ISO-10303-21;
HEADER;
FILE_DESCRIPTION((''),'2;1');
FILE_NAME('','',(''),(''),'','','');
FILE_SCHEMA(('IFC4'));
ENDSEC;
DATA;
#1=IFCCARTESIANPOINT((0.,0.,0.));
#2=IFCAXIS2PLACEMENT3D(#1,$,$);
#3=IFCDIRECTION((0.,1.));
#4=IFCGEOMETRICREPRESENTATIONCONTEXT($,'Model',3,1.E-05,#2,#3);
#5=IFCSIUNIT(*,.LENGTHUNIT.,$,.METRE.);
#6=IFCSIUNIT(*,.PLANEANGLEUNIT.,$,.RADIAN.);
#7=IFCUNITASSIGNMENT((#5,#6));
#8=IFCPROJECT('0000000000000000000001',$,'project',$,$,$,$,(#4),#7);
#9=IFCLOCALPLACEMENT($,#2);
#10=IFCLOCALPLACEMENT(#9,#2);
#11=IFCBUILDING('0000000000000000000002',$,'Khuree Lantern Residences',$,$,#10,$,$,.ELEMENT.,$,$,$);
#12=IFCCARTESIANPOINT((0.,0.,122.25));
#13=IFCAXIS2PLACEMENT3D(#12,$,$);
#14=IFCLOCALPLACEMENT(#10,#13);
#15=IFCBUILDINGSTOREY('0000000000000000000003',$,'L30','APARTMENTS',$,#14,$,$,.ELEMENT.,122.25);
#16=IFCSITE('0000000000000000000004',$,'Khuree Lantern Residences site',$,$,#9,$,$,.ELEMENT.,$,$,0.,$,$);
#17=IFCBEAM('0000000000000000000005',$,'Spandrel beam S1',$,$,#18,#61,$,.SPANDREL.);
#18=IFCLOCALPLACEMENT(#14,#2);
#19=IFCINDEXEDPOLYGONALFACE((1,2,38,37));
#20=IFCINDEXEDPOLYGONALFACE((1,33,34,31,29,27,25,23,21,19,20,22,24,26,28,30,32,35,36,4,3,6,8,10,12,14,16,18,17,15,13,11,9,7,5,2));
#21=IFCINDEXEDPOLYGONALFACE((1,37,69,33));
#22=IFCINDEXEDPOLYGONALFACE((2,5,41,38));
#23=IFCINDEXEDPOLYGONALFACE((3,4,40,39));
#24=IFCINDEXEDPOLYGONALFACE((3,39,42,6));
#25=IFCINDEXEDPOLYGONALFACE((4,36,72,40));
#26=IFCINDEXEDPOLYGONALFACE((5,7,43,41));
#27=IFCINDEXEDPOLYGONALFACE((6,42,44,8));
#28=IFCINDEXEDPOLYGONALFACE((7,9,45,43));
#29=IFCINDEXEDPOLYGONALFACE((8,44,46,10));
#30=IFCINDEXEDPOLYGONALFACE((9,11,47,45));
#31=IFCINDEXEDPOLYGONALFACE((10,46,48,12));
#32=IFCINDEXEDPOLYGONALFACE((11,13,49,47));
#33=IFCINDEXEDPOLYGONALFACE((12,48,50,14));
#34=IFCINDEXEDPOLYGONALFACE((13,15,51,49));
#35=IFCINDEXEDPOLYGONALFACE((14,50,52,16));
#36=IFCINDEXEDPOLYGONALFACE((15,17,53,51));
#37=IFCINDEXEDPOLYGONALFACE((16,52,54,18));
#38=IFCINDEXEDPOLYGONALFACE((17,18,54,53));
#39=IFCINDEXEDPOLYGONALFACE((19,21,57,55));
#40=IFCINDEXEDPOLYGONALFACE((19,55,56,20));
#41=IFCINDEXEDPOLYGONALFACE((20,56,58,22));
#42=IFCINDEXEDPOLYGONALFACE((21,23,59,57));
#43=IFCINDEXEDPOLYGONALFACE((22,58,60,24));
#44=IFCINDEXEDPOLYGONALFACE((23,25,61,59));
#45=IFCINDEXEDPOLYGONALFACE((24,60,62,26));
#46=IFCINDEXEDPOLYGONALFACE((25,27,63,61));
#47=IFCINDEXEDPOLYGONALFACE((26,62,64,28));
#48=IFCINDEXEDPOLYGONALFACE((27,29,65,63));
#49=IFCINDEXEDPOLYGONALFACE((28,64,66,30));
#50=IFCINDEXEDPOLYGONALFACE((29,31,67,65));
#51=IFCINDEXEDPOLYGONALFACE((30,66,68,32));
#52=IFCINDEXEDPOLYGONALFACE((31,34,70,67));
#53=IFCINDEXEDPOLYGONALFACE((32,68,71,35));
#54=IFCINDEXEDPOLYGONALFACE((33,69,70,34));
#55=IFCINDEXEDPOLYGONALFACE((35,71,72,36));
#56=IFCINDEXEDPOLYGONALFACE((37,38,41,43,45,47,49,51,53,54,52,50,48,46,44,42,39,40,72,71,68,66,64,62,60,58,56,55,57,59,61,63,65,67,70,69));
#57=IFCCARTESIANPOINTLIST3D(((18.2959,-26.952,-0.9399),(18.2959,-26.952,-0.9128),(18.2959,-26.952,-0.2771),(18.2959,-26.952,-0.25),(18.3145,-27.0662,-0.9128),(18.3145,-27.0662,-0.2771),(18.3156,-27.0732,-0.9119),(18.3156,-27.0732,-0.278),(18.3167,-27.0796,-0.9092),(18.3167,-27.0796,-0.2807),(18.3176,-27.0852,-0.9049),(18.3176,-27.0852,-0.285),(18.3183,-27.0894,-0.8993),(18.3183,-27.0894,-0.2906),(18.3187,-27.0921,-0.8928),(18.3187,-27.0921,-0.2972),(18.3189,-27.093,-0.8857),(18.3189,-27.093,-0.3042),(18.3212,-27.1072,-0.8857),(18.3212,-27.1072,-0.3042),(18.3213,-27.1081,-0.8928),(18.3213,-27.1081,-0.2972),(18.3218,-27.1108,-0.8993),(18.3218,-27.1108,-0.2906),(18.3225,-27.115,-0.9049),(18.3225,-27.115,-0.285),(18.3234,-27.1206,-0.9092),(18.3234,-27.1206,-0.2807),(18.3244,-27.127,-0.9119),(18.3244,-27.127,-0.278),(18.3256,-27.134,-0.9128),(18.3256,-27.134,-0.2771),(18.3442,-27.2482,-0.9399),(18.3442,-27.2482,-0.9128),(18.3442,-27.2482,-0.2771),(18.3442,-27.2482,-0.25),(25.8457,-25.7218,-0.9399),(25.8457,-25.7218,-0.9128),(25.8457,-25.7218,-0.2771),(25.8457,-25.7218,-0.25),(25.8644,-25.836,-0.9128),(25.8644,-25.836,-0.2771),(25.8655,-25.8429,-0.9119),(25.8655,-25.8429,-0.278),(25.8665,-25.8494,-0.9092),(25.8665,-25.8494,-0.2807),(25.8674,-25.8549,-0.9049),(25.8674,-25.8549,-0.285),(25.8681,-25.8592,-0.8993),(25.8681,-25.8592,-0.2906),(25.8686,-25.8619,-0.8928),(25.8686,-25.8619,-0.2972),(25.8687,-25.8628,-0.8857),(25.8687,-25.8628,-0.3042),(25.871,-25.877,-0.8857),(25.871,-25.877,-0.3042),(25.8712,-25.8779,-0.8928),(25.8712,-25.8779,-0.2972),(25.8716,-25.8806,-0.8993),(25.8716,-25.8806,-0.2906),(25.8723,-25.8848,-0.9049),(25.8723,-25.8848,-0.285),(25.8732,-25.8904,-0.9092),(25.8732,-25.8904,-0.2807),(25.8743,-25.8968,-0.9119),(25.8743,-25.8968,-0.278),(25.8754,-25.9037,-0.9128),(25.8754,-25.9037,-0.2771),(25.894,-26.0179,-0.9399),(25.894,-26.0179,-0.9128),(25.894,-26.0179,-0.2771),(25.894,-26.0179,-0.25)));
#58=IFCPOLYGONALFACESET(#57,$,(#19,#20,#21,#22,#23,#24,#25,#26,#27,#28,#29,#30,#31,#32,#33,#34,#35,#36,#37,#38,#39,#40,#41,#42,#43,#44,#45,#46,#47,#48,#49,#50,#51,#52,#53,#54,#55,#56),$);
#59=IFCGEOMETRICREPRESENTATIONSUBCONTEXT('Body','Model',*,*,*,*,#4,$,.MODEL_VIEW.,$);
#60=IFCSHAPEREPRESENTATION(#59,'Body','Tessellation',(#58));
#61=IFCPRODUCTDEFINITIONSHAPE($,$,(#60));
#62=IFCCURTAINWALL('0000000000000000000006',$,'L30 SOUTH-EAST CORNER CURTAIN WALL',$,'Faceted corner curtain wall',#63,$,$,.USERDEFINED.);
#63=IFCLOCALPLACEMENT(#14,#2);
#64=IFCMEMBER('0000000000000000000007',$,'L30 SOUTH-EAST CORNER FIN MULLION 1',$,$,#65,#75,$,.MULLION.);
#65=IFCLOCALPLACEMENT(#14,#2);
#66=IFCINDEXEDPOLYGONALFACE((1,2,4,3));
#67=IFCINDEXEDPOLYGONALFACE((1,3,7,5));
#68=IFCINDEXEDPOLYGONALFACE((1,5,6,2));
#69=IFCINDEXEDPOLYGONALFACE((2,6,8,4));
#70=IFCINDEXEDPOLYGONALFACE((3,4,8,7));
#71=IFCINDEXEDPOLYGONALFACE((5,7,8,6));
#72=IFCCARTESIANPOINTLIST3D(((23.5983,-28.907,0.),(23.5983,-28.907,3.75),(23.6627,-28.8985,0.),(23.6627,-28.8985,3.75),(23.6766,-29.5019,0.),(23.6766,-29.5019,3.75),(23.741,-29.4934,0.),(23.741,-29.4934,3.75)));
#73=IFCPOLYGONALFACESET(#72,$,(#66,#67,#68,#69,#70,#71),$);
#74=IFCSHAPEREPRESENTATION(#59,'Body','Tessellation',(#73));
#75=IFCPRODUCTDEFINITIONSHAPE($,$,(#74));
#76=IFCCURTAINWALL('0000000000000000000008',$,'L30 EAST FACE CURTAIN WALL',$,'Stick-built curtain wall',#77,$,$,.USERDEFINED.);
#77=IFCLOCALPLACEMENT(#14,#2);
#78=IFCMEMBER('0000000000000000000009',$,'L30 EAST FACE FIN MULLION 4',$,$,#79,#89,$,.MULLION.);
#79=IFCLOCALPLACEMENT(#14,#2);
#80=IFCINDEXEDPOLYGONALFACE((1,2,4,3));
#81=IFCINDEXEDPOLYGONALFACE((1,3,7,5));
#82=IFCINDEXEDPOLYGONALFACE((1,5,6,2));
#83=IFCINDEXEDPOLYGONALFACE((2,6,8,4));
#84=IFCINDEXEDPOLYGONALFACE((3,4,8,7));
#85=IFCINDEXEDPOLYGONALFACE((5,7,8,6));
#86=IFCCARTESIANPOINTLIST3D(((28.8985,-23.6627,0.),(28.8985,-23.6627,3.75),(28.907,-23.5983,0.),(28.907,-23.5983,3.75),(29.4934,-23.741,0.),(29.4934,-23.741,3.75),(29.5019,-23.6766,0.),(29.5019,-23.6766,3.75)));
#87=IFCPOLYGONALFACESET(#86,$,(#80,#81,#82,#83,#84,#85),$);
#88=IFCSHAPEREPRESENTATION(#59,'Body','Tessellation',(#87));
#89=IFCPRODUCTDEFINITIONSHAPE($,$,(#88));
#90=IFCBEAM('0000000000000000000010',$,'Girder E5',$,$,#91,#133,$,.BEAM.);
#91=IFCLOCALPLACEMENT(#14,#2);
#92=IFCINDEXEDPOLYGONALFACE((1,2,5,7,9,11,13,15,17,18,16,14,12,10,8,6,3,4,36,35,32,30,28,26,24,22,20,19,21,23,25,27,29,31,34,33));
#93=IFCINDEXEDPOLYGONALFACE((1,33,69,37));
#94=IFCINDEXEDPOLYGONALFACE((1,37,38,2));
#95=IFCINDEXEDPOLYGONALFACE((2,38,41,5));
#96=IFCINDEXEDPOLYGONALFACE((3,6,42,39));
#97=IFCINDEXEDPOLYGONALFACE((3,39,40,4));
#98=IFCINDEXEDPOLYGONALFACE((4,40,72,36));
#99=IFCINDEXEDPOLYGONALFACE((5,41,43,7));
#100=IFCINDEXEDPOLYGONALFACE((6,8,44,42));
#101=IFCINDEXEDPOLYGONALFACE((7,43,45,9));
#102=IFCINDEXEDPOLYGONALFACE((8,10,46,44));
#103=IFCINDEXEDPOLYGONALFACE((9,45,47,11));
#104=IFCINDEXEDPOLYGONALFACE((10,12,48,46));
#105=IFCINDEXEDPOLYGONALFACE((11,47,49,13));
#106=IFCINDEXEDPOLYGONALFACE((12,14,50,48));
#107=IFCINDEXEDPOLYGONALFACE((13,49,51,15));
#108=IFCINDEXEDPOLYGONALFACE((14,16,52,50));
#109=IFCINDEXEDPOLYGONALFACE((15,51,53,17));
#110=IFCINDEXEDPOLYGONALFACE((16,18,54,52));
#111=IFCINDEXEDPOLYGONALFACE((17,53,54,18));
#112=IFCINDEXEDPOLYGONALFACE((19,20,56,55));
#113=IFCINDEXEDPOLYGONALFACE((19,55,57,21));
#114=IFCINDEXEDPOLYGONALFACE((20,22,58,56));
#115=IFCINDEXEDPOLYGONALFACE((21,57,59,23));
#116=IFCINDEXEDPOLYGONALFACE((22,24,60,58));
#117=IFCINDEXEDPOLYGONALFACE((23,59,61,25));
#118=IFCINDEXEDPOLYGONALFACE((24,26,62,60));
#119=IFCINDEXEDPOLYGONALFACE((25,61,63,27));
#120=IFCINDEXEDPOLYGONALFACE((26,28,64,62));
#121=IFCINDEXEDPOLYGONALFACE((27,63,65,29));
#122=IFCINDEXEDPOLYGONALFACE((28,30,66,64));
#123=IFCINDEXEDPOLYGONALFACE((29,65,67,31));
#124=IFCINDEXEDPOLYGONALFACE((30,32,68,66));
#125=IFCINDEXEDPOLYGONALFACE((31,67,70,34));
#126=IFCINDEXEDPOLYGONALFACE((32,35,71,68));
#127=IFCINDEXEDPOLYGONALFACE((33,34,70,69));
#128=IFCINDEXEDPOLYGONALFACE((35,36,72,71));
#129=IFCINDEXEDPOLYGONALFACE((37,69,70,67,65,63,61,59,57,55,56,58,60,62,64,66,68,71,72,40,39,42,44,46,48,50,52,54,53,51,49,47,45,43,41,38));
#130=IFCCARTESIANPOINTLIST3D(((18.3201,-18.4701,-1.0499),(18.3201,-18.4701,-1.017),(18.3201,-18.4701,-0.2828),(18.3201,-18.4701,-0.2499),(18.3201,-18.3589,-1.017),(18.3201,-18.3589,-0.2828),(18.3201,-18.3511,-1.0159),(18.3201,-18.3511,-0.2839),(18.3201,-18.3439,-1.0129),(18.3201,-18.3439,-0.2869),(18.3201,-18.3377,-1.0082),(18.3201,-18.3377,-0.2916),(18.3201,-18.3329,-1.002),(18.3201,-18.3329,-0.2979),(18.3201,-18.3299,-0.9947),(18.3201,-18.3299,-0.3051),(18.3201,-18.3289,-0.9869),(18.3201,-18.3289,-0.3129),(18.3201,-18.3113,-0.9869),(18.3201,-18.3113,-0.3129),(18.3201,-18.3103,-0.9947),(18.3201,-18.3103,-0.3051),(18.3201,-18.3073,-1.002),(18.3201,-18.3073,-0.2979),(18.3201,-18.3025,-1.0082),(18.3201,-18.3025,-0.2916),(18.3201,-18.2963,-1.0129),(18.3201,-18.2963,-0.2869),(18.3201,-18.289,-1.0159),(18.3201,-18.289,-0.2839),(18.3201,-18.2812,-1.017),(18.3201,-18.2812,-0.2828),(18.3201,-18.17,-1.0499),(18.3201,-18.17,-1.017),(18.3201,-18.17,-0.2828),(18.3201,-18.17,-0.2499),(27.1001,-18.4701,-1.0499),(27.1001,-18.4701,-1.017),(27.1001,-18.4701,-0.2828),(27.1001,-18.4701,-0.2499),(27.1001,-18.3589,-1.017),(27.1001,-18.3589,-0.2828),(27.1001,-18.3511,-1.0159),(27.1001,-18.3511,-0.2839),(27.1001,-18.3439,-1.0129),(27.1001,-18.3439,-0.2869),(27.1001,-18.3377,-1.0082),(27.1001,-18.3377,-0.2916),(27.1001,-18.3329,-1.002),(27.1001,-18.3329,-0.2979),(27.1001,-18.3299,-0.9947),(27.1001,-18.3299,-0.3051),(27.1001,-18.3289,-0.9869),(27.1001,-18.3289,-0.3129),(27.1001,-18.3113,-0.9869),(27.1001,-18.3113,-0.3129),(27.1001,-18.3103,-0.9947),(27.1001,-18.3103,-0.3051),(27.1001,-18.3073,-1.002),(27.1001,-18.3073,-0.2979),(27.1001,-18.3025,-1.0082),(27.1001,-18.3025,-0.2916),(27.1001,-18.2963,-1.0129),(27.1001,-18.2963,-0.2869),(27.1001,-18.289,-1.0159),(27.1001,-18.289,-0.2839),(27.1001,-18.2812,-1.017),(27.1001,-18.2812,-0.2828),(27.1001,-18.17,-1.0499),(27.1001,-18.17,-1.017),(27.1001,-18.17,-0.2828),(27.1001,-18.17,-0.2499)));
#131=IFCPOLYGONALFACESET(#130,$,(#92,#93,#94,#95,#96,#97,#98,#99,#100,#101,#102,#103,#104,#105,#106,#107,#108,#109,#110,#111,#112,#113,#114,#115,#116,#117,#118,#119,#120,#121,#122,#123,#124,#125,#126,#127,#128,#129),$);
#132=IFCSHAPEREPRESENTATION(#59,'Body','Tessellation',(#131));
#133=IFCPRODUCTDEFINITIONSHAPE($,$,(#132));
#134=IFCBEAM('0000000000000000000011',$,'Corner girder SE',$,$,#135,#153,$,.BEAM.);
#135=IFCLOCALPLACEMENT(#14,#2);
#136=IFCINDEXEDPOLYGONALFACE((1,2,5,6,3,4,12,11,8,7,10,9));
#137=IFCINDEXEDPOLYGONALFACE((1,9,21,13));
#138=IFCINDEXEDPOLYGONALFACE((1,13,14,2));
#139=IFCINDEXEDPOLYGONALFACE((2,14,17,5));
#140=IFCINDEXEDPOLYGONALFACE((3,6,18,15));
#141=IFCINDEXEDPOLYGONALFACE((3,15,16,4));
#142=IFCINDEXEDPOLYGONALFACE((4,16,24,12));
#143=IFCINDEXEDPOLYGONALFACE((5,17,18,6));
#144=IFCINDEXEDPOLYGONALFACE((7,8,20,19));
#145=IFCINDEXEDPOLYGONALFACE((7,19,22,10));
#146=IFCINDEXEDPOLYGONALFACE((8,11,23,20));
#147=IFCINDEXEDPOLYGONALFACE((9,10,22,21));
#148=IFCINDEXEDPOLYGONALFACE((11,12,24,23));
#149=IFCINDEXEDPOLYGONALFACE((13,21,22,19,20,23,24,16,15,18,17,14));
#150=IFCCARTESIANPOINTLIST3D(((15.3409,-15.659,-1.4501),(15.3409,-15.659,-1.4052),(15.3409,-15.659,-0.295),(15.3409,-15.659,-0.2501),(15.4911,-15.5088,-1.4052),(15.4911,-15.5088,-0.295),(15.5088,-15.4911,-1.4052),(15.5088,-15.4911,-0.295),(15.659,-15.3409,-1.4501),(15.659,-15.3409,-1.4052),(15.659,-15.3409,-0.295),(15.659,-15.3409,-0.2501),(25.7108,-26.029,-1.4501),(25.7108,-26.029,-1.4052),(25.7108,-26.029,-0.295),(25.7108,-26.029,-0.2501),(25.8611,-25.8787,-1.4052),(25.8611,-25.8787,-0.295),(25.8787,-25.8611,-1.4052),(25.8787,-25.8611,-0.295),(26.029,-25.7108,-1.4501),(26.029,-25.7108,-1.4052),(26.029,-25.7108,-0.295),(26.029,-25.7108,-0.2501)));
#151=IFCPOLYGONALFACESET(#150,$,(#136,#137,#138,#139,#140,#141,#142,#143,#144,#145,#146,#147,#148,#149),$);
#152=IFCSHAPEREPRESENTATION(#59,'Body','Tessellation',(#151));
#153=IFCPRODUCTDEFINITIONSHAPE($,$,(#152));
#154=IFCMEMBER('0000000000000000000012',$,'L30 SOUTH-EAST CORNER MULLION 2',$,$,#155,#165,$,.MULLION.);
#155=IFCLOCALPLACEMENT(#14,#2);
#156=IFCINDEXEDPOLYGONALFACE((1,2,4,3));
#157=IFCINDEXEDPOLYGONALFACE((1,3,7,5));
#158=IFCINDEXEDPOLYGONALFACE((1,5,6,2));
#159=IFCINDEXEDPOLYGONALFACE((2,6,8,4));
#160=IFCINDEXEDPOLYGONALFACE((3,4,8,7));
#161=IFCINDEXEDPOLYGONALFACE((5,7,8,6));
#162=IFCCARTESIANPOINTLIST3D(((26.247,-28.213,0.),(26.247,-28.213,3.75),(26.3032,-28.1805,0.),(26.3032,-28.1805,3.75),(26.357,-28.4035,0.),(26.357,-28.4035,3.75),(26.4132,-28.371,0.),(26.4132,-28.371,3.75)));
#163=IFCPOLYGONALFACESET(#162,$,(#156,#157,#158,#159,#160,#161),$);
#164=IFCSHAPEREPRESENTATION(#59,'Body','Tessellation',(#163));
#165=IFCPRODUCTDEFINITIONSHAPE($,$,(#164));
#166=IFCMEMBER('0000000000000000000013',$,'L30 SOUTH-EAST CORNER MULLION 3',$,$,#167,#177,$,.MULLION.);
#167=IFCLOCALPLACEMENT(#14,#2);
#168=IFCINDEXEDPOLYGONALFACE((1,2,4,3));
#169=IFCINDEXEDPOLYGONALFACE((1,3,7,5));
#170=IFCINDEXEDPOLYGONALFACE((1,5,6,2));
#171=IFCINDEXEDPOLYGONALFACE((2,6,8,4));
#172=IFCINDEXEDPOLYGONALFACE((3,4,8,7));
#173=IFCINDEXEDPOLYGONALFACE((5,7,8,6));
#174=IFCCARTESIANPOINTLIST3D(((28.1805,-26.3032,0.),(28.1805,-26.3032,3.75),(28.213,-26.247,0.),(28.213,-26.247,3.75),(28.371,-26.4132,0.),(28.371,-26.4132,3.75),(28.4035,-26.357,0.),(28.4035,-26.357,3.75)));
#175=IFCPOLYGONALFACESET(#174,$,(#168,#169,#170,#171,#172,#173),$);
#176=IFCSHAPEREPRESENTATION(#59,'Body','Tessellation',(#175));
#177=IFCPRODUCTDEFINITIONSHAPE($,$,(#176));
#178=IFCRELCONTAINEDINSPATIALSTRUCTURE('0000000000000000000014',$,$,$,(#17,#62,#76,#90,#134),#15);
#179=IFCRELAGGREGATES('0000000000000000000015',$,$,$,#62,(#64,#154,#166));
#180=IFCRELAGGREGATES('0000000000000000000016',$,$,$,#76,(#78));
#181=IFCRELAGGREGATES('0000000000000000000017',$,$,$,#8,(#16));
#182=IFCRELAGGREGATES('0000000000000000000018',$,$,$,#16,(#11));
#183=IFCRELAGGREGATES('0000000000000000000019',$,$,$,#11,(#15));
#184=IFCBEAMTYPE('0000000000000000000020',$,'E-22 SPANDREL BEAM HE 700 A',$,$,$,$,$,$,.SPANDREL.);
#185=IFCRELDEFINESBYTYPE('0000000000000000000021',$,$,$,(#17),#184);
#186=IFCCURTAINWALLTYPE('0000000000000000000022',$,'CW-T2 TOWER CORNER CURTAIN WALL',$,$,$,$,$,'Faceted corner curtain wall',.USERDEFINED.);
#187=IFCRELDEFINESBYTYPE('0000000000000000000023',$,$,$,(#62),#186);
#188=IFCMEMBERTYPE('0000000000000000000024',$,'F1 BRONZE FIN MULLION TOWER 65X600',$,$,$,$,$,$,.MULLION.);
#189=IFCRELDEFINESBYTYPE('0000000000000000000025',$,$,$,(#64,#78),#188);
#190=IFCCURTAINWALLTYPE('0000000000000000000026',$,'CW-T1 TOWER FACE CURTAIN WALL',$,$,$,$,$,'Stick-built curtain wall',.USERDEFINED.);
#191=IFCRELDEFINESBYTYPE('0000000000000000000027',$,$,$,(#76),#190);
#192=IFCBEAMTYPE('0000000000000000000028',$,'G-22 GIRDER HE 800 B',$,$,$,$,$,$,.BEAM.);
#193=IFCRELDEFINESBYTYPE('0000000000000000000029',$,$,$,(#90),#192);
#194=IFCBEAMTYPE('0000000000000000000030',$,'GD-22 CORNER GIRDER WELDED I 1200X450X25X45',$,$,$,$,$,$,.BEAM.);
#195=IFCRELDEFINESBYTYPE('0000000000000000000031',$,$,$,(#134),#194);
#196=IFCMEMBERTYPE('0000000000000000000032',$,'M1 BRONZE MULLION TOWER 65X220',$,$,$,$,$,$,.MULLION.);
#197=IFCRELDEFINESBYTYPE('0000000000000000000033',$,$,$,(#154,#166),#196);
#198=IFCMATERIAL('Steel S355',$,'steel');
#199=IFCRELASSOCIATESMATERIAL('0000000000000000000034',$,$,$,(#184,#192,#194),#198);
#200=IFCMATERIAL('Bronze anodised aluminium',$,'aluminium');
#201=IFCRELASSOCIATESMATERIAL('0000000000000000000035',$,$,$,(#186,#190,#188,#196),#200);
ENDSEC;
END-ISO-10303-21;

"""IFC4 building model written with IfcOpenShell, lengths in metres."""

from ifc_helpers import new_model, si_unit, direction, frame, origin, origin_2d, place, context, subcontext, project, spatial, rectangle, i_section, extrude, material, material_profile, profile_set, type_object, element, aggregate, save


model = new_model("IFC4")

# Units and contexts
model_context = context("Model", 3, precision=1e-05, world=origin(), true_north=direction((0.0, 1.0)))
body_context = subcontext(model_context, "Body", "Model", "MODEL_VIEW")
ifc_project = project(units=[si_unit("LENGTHUNIT", "METRE"), si_unit("PLANEANGLEUNIT", "RADIAN")], contexts=[model_context])

# Site, building, storey
site_placement = place(None, origin())
site = spatial("IfcSite", under=ifc_project, at=site_placement, Name="Khuree Lantern Residences site", CompositionType="ELEMENT", RefElevation=0.0)
building_placement = place(site_placement, origin())
building = spatial("IfcBuilding", under=site, at=building_placement, Name="Khuree Lantern Residences", CompositionType="ELEMENT")
storey_placement = place(building_placement, frame((0.0, 0.0, 122.25)))
storey = spatial("IfcBuildingStorey", under=building, at=storey_placement, Name="L30", Description="APARTMENTS", CompositionType="ELEMENT", Elevation=122.25)

# Beam
ifc_material_1 = material(Name="Steel S355", Category="steel")
ifc_material_profile_1 = material_profile(ifc_material_1, i_section(OverallWidth=0.3, OverallDepth=0.6899, WebThickness=0.0144, FlangeThickness=0.0271, FilletRadius=0.0271, at=origin_2d()), Name="HE 700 A")
ifc_profile_set_1 = profile_set([ifc_material_profile_1], Name="Steel S355")
beam_type_1 = type_object("IfcBeamType", Name="E-22 SPANDREL BEAM HE 700 A", PredefinedType="SPANDREL", material=ifc_profile_set_1)
for number, where, z_axis, x_axis, name in (
    (1, (25.8699, -25.8699, -0.595), (-0.986983, -0.160827, 0.0), (0.160827, -0.986983, 0.0), "Spandrel beam S1"),
):
    element("IfcBeam", number, at=place(storey_placement, frame(where, z_axis=z_axis, x_axis=x_axis)), inside=storey, type_object=beam_type_1, Name=name, PredefinedType="SPANDREL", context=body_context, shape_type="SweptSolid", body=[
        extrude(i_section(OverallWidth=0.3, OverallDepth=0.6899, WebThickness=0.0144, FlangeThickness=0.0271, FilletRadius=0.0271, at=origin_2d()), origin(), (0.0, 0.0, 1.0), 7.6494),
    ])

# Curtain walls, members
ifc_material_2 = material(Name="Bronze anodised aluminium", Category="aluminium")
curtain_wall_type_1 = type_object("IfcCurtainWallType", Name="CW-T2 TOWER CORNER CURTAIN WALL", ElementType="Faceted corner curtain wall", PredefinedType="USERDEFINED", material=ifc_material_2)
curtain_wall_1_placement = place(storey_placement, origin())
curtain_wall_1 = element("IfcCurtainWall", 2, at=curtain_wall_1_placement, inside=storey, type_object=curtain_wall_type_1, Name="L30 SOUTH-EAST CORNER CURTAIN WALL", ObjectType="Faceted corner curtain wall", PredefinedType="USERDEFINED")
ifc_material_profile_2 = material_profile(ifc_material_2, rectangle(XDim=0.0649, YDim=0.6001, at=origin_2d()), Name="F1 65X600")
ifc_profile_set_2 = profile_set([ifc_material_profile_2], Name="Bronze anodised aluminium")
member_type_1 = type_object("IfcMemberType", Name="F1 BRONZE FIN MULLION TOWER 65X600", PredefinedType="MULLION", material=ifc_profile_set_2)
member_1_placement = place(storey_placement, frame((23.6697, -29.2002, 0.0), z_axis=(0.0, 0.0, 1.0), x_axis=(0.991445, 0.130526, 0.0)))
member_1 = element("IfcMember", 3, at=member_1_placement, type_object=member_type_1, Name="L30 SOUTH-EAST CORNER FIN MULLION 1", PredefinedType="MULLION", context=body_context, shape_type="SweptSolid", body=[
    extrude(rectangle(XDim=0.0649, YDim=0.6001, at=origin_2d()), origin(), (0.0, 0.0, 1.0), 3.75),
])
curtain_wall_type_2 = type_object("IfcCurtainWallType", Name="CW-T1 TOWER FACE CURTAIN WALL", ElementType="Stick-built curtain wall", PredefinedType="USERDEFINED", material=ifc_material_2)
curtain_wall_2_placement = place(storey_placement, origin())
curtain_wall_2 = element("IfcCurtainWall", 4, at=curtain_wall_2_placement, inside=storey, type_object=curtain_wall_type_2, Name="L30 EAST FACE CURTAIN WALL", ObjectType="Stick-built curtain wall", PredefinedType="USERDEFINED")
member_2_placement = place(storey_placement, frame((29.2002, -23.6697, 0.0), z_axis=(0.0, 0.0, 1.0), x_axis=(0.130526, 0.991445, 0.0)))
member_2 = element("IfcMember", 5, at=member_2_placement, type_object=member_type_1, Name="L30 EAST FACE FIN MULLION 4", PredefinedType="MULLION", context=body_context, shape_type="SweptSolid", body=[
    extrude(rectangle(XDim=0.0649, YDim=0.6001, at=origin_2d()), origin(), (0.0, 0.0, 1.0), 3.75),
])

# Beams
ifc_material_profile_3 = material_profile(ifc_material_1, i_section(OverallWidth=0.3, OverallDepth=0.8, WebThickness=0.0176, FlangeThickness=0.033, FilletRadius=0.03, at=origin_2d()), Name="HE 800 B")
ifc_profile_set_3 = profile_set([ifc_material_profile_3], Name="Steel S355")
beam_type_2 = type_object("IfcBeamType", Name="G-22 GIRDER HE 800 B", PredefinedType="BEAM", material=ifc_profile_set_3)
beam_1_placement = place(storey_placement, frame((27.1001, -18.3201, -0.6499), z_axis=(-1.0, 0.0, 0.0), x_axis=(0.0, -1.0, 0.0)))
element("IfcBeam", 6, at=beam_1_placement, inside=storey, type_object=beam_type_2, Name="Girder E5", PredefinedType="BEAM", context=body_context, shape_type="SweptSolid", body=[
    extrude(i_section(OverallWidth=0.3, OverallDepth=0.8, WebThickness=0.0176, FlangeThickness=0.033, FilletRadius=0.03, at=origin_2d()), origin(), (0.0, 0.0, 1.0), 8.78),
])
ifc_material_profile_4 = material_profile(ifc_material_1, i_section(OverallWidth=0.45, OverallDepth=1.2, WebThickness=0.0249, FlangeThickness=0.0449, at=origin_2d()), Name="WELDED I 1200X450X25X45")
ifc_profile_set_4 = profile_set([ifc_material_profile_4], Name="Steel S355")
beam_type_3 = type_object("IfcBeamType", Name="GD-22 CORNER GIRDER WELDED I 1200X450X25X45", PredefinedType="BEAM", material=ifc_profile_set_4)
beam_2_placement = place(storey_placement, frame((25.8699, -25.8699, -0.8501), z_axis=(-0.707107, 0.707107, 0.0), x_axis=(-0.707107, -0.707107, 0.0)))
element("IfcBeam", 7, at=beam_2_placement, inside=storey, type_object=beam_type_3, Name="Corner girder SE", PredefinedType="BEAM", context=body_context, shape_type="SweptSolid", body=[
    extrude(i_section(OverallWidth=0.45, OverallDepth=1.2, WebThickness=0.0249, FlangeThickness=0.0449, at=origin_2d()), origin(), (0.0, 0.0, 1.0), 14.6653),
])

# Members
ifc_material_profile_5 = material_profile(ifc_material_2, rectangle(XDim=0.0649, YDim=0.22, at=origin_2d()), Name="M1 65X220")
ifc_profile_set_5 = profile_set([ifc_material_profile_5], Name="Bronze anodised aluminium")
member_type_2 = type_object("IfcMemberType", Name="M1 BRONZE MULLION TOWER 65X220", PredefinedType="MULLION", material=ifc_profile_set_5)
member_3_placement = place(storey_placement, frame((26.3301, -28.292, 0.0), z_axis=(0.0, 0.0, 1.0), x_axis=(0.866025, 0.5, 0.0)))
member_3 = element("IfcMember", 8, at=member_3_placement, type_object=member_type_2, Name="L30 SOUTH-EAST CORNER MULLION 2", PredefinedType="MULLION", context=body_context, shape_type="SweptSolid", body=[
    extrude(rectangle(XDim=0.0649, YDim=0.22, at=origin_2d()), origin(), (0.0, 0.0, 1.0), 3.75),
])
member_4_placement = place(storey_placement, frame((28.292, -26.3301, 0.0), z_axis=(0.0, 0.0, 1.0), x_axis=(0.5, 0.866025, 0.0)))
member_4 = element("IfcMember", 9, at=member_4_placement, type_object=member_type_2, Name="L30 SOUTH-EAST CORNER MULLION 3", PredefinedType="MULLION", context=body_context, shape_type="SweptSolid", body=[
    extrude(rectangle(XDim=0.0649, YDim=0.22, at=origin_2d()), origin(), (0.0, 0.0, 1.0), 3.75),
])

aggregate(curtain_wall_1, [member_1, member_3, member_4])

aggregate(curtain_wall_2, [member_2])

save(model, "model.ifc")
